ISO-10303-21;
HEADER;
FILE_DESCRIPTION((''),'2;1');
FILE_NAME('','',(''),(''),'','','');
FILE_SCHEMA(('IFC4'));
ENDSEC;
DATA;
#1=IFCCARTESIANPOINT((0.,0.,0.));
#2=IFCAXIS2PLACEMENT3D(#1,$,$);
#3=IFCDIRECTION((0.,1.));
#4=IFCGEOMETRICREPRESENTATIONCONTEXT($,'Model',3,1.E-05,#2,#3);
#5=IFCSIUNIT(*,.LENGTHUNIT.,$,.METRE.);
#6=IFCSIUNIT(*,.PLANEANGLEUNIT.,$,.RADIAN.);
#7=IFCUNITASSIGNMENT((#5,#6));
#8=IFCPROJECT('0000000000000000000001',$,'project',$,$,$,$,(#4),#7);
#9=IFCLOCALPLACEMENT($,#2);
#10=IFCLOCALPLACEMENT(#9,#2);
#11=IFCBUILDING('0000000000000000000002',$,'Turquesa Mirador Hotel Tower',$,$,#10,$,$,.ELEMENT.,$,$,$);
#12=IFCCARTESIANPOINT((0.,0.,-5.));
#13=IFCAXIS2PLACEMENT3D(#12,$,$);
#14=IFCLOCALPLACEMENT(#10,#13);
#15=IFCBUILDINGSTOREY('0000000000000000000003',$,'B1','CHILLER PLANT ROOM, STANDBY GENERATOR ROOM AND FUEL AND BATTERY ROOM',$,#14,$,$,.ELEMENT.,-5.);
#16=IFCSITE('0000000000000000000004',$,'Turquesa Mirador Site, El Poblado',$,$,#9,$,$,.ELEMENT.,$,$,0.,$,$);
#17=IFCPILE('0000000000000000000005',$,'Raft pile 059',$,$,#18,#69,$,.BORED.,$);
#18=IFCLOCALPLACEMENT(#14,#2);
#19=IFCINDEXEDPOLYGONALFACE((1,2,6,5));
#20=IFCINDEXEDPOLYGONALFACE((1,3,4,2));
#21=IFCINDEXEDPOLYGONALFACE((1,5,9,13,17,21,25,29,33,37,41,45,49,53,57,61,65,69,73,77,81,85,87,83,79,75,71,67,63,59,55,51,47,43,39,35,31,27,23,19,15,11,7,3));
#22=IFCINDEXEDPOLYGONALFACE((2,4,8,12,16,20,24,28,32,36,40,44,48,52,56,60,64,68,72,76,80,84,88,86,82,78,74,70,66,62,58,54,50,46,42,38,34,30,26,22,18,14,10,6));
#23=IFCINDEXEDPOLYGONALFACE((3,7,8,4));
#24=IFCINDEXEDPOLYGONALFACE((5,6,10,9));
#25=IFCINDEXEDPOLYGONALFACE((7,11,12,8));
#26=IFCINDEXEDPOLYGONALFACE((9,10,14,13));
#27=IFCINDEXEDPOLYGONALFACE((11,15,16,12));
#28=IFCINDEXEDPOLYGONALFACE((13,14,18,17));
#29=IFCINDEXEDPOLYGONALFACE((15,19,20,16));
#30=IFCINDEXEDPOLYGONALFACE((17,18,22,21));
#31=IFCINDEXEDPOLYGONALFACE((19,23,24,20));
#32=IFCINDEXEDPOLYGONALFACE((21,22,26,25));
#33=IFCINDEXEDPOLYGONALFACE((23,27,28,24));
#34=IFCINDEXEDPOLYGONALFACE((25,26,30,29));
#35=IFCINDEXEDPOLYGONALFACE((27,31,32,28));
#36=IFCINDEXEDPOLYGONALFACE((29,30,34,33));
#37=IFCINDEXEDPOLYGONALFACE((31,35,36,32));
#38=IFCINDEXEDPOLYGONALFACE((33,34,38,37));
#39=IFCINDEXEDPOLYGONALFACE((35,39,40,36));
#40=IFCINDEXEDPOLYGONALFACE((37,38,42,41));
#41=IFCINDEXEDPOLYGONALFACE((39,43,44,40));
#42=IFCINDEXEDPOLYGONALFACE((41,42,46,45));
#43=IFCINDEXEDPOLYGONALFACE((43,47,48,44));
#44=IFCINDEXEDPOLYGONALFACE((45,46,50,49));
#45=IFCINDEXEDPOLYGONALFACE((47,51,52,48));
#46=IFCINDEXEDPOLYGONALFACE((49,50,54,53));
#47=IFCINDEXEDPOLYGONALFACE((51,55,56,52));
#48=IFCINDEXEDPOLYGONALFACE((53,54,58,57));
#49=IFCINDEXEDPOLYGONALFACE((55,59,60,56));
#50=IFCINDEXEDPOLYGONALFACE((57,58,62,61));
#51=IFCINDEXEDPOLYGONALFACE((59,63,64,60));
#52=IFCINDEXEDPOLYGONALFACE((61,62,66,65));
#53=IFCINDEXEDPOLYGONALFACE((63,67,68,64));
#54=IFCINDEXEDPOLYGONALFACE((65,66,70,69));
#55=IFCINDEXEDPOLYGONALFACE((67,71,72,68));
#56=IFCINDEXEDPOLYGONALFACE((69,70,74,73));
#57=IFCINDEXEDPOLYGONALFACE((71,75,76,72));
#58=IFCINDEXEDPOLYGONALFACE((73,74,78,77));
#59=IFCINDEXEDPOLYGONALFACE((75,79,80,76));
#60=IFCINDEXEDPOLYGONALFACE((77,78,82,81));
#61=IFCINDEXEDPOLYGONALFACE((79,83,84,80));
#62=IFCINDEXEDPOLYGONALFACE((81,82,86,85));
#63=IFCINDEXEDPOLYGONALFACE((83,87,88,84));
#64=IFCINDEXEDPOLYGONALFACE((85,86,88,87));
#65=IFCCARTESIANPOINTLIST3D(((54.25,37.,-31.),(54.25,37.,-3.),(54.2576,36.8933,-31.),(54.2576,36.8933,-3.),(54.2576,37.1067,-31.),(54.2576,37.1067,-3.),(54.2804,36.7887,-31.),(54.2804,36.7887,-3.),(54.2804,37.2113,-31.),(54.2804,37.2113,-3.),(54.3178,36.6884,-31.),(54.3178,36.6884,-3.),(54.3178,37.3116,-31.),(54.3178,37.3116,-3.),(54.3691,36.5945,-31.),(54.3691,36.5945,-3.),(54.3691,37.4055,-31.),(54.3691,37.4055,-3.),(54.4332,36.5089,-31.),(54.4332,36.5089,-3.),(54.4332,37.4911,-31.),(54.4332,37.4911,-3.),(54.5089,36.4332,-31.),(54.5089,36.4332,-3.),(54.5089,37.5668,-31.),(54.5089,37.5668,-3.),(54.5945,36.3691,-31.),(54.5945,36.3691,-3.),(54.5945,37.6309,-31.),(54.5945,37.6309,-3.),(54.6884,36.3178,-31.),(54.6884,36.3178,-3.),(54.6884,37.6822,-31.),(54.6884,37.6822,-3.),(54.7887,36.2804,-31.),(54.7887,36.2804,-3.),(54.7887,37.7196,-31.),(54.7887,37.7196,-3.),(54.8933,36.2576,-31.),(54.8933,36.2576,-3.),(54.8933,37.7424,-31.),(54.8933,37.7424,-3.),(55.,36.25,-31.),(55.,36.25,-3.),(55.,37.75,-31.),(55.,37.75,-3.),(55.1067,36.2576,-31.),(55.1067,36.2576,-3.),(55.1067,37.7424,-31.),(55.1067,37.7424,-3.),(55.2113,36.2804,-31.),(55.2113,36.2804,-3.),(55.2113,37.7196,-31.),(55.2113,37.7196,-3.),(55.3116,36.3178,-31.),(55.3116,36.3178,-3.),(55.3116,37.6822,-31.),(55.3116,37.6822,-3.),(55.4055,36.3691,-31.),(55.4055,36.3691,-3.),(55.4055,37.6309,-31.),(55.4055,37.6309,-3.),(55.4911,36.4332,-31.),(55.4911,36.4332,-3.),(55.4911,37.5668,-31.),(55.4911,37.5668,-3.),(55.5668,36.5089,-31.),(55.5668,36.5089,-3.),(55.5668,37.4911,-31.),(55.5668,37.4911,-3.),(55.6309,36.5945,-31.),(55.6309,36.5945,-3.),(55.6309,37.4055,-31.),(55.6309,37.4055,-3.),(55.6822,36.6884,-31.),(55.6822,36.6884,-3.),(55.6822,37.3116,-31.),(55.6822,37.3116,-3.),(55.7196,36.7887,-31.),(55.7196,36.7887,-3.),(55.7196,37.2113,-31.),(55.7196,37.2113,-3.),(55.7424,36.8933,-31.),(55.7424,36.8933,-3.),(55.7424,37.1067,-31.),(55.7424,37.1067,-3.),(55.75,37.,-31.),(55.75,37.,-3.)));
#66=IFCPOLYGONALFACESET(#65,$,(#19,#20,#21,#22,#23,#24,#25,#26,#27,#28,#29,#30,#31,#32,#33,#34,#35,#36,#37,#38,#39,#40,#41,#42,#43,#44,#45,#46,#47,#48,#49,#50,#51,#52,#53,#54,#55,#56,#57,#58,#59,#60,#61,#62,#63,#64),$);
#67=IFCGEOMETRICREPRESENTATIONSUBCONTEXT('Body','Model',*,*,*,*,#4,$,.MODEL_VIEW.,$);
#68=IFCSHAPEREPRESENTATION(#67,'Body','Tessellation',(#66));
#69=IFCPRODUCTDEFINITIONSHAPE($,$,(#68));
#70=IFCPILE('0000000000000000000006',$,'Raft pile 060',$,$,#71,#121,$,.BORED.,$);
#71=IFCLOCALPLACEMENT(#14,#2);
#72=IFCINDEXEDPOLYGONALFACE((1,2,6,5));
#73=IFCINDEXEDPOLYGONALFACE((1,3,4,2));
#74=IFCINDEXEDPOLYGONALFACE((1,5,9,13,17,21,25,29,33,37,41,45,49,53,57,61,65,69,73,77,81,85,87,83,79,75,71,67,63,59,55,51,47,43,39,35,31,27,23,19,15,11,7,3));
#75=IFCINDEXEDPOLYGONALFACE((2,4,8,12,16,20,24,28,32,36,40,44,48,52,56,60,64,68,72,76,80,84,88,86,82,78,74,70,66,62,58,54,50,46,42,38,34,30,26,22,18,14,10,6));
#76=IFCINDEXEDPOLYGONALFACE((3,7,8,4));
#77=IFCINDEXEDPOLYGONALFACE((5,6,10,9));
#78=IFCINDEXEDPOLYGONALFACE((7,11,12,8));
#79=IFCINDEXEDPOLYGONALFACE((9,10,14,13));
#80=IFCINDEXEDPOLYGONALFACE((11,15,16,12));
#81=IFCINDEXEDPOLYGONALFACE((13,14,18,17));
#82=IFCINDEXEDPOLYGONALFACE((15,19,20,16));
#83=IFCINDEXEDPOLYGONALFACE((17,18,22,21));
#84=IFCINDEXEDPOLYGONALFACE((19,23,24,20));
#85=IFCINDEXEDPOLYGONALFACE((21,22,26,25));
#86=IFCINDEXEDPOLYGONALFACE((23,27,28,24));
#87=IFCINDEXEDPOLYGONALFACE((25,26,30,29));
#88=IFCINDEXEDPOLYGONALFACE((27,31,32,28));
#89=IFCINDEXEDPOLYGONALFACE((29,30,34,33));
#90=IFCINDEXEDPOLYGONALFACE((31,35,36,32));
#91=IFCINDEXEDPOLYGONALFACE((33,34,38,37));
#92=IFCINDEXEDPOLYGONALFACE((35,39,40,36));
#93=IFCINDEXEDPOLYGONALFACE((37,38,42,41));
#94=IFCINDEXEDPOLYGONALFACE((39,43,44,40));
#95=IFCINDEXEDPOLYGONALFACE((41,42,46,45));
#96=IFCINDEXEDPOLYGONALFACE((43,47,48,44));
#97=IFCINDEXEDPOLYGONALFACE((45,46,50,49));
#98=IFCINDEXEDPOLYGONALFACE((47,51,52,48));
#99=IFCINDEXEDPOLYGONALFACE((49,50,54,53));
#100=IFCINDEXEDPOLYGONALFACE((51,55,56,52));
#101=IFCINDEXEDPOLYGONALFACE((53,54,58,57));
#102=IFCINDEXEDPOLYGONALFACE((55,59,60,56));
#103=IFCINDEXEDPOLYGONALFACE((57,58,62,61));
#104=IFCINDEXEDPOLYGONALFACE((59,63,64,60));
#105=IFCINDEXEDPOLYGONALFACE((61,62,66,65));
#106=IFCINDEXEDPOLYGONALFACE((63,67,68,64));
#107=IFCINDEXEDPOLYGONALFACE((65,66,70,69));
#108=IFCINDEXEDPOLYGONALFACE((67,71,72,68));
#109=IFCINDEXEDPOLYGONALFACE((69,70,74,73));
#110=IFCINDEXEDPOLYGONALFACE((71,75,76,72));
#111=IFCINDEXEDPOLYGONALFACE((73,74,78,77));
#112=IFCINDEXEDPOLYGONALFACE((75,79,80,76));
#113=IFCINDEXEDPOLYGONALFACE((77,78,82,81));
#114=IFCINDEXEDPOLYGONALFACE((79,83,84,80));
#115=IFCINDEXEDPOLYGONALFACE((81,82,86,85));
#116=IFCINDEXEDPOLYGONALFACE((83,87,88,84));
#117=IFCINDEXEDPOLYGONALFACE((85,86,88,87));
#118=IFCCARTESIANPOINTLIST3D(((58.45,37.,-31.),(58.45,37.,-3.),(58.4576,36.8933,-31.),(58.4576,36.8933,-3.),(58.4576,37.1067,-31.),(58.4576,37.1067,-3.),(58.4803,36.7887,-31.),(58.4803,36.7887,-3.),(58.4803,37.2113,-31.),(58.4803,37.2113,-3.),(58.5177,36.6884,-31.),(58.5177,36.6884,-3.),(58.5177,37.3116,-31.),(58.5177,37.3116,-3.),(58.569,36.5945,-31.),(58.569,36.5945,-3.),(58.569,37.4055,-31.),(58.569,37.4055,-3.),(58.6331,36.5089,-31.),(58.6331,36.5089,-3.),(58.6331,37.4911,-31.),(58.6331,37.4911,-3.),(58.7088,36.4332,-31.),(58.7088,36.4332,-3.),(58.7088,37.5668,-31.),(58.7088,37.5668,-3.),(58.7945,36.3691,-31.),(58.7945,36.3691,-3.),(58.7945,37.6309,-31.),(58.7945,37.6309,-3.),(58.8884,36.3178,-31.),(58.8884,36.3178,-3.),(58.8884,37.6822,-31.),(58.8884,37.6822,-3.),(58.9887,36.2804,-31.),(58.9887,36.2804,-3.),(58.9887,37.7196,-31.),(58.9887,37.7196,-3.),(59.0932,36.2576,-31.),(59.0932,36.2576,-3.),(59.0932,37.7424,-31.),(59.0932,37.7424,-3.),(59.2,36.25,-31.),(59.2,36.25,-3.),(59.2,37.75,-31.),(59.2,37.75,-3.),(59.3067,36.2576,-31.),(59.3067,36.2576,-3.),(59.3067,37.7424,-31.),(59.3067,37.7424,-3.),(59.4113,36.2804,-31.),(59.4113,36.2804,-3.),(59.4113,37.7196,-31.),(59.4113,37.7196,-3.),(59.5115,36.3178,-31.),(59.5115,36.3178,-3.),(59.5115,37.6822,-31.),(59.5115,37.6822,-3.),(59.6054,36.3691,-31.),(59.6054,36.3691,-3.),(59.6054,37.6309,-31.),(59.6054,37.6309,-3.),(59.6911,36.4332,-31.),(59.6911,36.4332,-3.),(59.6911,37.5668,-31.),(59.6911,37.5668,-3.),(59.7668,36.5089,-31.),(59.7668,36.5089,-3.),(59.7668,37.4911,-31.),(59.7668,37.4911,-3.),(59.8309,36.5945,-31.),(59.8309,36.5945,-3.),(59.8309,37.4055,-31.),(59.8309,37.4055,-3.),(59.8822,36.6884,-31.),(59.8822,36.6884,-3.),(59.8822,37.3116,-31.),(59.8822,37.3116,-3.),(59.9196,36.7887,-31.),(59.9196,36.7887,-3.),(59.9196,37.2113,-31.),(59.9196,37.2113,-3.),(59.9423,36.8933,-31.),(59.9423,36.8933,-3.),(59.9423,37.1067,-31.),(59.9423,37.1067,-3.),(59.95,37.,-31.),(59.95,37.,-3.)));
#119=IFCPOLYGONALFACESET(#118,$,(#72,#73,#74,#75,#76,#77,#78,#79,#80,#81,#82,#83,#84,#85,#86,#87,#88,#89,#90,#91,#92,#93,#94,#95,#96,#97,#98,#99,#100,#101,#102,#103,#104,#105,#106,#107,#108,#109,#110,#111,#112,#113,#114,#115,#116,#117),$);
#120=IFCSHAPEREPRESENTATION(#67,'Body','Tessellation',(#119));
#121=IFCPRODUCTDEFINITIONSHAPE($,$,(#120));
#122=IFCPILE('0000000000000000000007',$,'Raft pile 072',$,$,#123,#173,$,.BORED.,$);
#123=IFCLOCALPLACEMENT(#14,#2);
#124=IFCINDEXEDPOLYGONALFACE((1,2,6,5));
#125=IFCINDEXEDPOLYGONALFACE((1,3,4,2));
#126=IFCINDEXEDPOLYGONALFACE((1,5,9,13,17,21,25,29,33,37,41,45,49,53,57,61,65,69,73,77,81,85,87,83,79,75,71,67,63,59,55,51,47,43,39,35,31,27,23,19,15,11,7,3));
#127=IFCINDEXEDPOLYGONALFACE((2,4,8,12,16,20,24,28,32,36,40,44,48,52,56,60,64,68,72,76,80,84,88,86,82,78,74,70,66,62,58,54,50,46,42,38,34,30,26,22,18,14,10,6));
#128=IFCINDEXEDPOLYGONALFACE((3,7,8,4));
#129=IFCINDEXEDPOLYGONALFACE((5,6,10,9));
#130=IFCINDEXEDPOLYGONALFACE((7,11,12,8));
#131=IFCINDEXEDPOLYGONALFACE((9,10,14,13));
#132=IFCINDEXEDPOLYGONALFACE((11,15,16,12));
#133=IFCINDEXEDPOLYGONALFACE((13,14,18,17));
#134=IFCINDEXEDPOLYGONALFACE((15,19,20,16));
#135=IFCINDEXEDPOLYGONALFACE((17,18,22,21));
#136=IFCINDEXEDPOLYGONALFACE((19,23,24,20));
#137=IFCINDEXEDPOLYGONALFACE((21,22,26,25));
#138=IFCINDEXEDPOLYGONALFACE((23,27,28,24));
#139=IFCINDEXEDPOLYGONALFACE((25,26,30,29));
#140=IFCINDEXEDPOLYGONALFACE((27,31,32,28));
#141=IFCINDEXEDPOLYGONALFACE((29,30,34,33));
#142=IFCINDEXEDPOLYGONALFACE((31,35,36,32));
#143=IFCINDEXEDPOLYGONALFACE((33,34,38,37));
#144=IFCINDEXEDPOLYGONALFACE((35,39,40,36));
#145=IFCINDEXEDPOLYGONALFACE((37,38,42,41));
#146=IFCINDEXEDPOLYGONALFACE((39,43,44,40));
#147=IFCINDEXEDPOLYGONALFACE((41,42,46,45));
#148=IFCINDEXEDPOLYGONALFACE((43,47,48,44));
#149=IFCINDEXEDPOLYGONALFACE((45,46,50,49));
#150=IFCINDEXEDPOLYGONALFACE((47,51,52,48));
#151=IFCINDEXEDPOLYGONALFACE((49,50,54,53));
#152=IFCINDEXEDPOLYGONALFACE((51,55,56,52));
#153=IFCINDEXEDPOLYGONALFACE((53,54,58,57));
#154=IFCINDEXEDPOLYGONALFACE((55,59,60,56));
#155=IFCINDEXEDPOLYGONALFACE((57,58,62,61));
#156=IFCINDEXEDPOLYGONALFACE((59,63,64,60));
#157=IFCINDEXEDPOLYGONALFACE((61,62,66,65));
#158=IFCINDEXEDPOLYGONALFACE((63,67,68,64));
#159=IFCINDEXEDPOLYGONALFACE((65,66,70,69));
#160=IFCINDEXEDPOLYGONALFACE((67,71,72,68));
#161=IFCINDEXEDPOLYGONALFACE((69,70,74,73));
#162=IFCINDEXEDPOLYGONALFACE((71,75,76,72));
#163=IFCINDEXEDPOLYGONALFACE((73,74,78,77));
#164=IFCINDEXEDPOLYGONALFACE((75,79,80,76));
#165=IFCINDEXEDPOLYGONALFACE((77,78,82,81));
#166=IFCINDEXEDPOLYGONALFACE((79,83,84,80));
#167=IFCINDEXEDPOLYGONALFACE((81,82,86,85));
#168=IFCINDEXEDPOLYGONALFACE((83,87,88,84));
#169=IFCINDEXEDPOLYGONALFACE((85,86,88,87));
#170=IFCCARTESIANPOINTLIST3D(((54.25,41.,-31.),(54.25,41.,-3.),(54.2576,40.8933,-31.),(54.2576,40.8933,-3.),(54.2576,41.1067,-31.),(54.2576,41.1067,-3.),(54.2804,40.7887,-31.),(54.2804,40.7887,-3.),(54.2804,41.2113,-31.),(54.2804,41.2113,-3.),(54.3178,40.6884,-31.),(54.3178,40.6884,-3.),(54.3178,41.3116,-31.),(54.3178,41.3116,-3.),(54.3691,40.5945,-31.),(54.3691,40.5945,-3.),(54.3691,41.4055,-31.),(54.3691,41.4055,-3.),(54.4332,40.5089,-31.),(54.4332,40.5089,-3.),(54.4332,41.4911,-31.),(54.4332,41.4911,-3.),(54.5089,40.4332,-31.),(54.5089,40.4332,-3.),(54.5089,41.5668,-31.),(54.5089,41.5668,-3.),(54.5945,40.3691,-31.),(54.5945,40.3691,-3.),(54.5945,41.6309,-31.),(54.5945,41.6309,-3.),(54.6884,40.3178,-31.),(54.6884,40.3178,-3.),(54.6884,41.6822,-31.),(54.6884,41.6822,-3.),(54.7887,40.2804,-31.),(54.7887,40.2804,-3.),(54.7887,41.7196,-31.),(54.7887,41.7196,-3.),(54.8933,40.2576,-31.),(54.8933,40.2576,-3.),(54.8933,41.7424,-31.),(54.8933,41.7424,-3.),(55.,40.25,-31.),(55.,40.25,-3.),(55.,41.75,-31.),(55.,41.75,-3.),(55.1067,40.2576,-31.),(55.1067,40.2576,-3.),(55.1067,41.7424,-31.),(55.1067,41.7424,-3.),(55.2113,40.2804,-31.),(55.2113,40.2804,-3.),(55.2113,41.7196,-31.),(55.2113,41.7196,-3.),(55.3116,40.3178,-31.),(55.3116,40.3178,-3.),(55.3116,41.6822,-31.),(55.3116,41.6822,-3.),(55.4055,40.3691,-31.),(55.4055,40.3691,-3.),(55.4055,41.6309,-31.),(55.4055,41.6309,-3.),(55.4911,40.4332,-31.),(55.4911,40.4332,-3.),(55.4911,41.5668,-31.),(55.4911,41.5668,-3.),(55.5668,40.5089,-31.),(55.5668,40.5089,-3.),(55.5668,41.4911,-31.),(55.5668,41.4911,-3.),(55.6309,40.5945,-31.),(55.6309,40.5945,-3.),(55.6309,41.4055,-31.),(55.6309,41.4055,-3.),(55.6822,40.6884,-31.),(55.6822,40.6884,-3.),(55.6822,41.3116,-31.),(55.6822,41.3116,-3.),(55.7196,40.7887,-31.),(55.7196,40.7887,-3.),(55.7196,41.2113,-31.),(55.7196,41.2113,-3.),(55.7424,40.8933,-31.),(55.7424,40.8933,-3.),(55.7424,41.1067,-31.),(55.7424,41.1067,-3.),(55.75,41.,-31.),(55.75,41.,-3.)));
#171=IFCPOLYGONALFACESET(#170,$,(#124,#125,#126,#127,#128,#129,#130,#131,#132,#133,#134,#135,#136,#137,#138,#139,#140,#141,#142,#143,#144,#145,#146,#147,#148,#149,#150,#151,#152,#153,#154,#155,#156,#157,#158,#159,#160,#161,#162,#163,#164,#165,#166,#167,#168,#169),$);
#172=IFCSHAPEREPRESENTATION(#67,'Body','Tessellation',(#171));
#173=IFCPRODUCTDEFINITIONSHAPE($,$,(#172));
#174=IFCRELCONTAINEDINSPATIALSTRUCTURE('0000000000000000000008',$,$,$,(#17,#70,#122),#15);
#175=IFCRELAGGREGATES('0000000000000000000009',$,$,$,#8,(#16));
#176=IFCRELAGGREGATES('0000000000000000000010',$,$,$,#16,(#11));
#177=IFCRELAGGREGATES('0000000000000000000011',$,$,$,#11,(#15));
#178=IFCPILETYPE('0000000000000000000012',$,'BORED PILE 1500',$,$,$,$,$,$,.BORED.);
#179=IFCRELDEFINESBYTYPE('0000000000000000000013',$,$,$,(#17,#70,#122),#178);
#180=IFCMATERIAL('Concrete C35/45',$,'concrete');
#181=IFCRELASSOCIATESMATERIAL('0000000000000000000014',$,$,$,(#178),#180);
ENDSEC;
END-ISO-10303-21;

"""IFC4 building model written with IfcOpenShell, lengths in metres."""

from ifc_helpers import new_model, si_unit, direction, frame, origin, origin_2d, place, context, subcontext, project, spatial, circle, extrude, material, type_object, element, save


model = new_model("IFC4")

# Units and contexts
model_context = context("Model", 3, precision=1e-05, world=origin(), true_north=direction((0.0, 1.0)))
body_context = subcontext(model_context, "Body", "Model", "MODEL_VIEW")
ifc_project = project(units=[si_unit("LENGTHUNIT", "METRE"), si_unit("PLANEANGLEUNIT", "RADIAN")], contexts=[model_context])

# Site, building, storey
site_placement = place(None, origin())
site = spatial("IfcSite", under=ifc_project, at=site_placement, Name="Turquesa Mirador Site, El Poblado", CompositionType="ELEMENT", RefElevation=0.0)
building_placement = place(site_placement, origin())
building = spatial("IfcBuilding", under=site, at=building_placement, Name="Turquesa Mirador Hotel Tower", CompositionType="ELEMENT")
storey_placement = place(building_placement, frame((0.0, 0.0, -5.0)))
storey = spatial("IfcBuildingStorey", under=building, at=storey_placement, Name="B1", Description="CHILLER PLANT ROOM, STANDBY GENERATOR ROOM AND FUEL AND BATTERY ROOM", CompositionType="ELEMENT", Elevation=-5.0)

# Piles
ifc_material_1 = material(Name="Concrete C35/45", Category="concrete")
pile_type = type_object("IfcPileType", Name="BORED PILE 1500", PredefinedType="BORED", material=ifc_material_1)
for number, where, z_axis, x_axis, name in (
    (1, (55.0, 37.0, -3.0), (0.0, 0.0, -1.0), (1.0, 0.0, 0.0), "Raft pile 059"),
    (2, (59.2, 37.0, -3.0), (0.0, 0.0, -1.0), (1.0, 0.0, 0.0), "Raft pile 060"),
    (3, (55.0, 41.0, -3.0), (0.0, 0.0, -1.0), (1.0, 0.0, 0.0), "Raft pile 072"),
):
    element("IfcPile", number, at=place(storey_placement, frame(where, z_axis=z_axis, x_axis=x_axis)), inside=storey, type_object=pile_type, Name=name, PredefinedType="BORED", context=body_context, shape_type="SweptSolid", body=[
        extrude(circle(Radius=0.75, at=origin_2d()), origin(), (0.0, 0.0, 1.0), 28.0),
    ])

save(model, "model.ifc")
